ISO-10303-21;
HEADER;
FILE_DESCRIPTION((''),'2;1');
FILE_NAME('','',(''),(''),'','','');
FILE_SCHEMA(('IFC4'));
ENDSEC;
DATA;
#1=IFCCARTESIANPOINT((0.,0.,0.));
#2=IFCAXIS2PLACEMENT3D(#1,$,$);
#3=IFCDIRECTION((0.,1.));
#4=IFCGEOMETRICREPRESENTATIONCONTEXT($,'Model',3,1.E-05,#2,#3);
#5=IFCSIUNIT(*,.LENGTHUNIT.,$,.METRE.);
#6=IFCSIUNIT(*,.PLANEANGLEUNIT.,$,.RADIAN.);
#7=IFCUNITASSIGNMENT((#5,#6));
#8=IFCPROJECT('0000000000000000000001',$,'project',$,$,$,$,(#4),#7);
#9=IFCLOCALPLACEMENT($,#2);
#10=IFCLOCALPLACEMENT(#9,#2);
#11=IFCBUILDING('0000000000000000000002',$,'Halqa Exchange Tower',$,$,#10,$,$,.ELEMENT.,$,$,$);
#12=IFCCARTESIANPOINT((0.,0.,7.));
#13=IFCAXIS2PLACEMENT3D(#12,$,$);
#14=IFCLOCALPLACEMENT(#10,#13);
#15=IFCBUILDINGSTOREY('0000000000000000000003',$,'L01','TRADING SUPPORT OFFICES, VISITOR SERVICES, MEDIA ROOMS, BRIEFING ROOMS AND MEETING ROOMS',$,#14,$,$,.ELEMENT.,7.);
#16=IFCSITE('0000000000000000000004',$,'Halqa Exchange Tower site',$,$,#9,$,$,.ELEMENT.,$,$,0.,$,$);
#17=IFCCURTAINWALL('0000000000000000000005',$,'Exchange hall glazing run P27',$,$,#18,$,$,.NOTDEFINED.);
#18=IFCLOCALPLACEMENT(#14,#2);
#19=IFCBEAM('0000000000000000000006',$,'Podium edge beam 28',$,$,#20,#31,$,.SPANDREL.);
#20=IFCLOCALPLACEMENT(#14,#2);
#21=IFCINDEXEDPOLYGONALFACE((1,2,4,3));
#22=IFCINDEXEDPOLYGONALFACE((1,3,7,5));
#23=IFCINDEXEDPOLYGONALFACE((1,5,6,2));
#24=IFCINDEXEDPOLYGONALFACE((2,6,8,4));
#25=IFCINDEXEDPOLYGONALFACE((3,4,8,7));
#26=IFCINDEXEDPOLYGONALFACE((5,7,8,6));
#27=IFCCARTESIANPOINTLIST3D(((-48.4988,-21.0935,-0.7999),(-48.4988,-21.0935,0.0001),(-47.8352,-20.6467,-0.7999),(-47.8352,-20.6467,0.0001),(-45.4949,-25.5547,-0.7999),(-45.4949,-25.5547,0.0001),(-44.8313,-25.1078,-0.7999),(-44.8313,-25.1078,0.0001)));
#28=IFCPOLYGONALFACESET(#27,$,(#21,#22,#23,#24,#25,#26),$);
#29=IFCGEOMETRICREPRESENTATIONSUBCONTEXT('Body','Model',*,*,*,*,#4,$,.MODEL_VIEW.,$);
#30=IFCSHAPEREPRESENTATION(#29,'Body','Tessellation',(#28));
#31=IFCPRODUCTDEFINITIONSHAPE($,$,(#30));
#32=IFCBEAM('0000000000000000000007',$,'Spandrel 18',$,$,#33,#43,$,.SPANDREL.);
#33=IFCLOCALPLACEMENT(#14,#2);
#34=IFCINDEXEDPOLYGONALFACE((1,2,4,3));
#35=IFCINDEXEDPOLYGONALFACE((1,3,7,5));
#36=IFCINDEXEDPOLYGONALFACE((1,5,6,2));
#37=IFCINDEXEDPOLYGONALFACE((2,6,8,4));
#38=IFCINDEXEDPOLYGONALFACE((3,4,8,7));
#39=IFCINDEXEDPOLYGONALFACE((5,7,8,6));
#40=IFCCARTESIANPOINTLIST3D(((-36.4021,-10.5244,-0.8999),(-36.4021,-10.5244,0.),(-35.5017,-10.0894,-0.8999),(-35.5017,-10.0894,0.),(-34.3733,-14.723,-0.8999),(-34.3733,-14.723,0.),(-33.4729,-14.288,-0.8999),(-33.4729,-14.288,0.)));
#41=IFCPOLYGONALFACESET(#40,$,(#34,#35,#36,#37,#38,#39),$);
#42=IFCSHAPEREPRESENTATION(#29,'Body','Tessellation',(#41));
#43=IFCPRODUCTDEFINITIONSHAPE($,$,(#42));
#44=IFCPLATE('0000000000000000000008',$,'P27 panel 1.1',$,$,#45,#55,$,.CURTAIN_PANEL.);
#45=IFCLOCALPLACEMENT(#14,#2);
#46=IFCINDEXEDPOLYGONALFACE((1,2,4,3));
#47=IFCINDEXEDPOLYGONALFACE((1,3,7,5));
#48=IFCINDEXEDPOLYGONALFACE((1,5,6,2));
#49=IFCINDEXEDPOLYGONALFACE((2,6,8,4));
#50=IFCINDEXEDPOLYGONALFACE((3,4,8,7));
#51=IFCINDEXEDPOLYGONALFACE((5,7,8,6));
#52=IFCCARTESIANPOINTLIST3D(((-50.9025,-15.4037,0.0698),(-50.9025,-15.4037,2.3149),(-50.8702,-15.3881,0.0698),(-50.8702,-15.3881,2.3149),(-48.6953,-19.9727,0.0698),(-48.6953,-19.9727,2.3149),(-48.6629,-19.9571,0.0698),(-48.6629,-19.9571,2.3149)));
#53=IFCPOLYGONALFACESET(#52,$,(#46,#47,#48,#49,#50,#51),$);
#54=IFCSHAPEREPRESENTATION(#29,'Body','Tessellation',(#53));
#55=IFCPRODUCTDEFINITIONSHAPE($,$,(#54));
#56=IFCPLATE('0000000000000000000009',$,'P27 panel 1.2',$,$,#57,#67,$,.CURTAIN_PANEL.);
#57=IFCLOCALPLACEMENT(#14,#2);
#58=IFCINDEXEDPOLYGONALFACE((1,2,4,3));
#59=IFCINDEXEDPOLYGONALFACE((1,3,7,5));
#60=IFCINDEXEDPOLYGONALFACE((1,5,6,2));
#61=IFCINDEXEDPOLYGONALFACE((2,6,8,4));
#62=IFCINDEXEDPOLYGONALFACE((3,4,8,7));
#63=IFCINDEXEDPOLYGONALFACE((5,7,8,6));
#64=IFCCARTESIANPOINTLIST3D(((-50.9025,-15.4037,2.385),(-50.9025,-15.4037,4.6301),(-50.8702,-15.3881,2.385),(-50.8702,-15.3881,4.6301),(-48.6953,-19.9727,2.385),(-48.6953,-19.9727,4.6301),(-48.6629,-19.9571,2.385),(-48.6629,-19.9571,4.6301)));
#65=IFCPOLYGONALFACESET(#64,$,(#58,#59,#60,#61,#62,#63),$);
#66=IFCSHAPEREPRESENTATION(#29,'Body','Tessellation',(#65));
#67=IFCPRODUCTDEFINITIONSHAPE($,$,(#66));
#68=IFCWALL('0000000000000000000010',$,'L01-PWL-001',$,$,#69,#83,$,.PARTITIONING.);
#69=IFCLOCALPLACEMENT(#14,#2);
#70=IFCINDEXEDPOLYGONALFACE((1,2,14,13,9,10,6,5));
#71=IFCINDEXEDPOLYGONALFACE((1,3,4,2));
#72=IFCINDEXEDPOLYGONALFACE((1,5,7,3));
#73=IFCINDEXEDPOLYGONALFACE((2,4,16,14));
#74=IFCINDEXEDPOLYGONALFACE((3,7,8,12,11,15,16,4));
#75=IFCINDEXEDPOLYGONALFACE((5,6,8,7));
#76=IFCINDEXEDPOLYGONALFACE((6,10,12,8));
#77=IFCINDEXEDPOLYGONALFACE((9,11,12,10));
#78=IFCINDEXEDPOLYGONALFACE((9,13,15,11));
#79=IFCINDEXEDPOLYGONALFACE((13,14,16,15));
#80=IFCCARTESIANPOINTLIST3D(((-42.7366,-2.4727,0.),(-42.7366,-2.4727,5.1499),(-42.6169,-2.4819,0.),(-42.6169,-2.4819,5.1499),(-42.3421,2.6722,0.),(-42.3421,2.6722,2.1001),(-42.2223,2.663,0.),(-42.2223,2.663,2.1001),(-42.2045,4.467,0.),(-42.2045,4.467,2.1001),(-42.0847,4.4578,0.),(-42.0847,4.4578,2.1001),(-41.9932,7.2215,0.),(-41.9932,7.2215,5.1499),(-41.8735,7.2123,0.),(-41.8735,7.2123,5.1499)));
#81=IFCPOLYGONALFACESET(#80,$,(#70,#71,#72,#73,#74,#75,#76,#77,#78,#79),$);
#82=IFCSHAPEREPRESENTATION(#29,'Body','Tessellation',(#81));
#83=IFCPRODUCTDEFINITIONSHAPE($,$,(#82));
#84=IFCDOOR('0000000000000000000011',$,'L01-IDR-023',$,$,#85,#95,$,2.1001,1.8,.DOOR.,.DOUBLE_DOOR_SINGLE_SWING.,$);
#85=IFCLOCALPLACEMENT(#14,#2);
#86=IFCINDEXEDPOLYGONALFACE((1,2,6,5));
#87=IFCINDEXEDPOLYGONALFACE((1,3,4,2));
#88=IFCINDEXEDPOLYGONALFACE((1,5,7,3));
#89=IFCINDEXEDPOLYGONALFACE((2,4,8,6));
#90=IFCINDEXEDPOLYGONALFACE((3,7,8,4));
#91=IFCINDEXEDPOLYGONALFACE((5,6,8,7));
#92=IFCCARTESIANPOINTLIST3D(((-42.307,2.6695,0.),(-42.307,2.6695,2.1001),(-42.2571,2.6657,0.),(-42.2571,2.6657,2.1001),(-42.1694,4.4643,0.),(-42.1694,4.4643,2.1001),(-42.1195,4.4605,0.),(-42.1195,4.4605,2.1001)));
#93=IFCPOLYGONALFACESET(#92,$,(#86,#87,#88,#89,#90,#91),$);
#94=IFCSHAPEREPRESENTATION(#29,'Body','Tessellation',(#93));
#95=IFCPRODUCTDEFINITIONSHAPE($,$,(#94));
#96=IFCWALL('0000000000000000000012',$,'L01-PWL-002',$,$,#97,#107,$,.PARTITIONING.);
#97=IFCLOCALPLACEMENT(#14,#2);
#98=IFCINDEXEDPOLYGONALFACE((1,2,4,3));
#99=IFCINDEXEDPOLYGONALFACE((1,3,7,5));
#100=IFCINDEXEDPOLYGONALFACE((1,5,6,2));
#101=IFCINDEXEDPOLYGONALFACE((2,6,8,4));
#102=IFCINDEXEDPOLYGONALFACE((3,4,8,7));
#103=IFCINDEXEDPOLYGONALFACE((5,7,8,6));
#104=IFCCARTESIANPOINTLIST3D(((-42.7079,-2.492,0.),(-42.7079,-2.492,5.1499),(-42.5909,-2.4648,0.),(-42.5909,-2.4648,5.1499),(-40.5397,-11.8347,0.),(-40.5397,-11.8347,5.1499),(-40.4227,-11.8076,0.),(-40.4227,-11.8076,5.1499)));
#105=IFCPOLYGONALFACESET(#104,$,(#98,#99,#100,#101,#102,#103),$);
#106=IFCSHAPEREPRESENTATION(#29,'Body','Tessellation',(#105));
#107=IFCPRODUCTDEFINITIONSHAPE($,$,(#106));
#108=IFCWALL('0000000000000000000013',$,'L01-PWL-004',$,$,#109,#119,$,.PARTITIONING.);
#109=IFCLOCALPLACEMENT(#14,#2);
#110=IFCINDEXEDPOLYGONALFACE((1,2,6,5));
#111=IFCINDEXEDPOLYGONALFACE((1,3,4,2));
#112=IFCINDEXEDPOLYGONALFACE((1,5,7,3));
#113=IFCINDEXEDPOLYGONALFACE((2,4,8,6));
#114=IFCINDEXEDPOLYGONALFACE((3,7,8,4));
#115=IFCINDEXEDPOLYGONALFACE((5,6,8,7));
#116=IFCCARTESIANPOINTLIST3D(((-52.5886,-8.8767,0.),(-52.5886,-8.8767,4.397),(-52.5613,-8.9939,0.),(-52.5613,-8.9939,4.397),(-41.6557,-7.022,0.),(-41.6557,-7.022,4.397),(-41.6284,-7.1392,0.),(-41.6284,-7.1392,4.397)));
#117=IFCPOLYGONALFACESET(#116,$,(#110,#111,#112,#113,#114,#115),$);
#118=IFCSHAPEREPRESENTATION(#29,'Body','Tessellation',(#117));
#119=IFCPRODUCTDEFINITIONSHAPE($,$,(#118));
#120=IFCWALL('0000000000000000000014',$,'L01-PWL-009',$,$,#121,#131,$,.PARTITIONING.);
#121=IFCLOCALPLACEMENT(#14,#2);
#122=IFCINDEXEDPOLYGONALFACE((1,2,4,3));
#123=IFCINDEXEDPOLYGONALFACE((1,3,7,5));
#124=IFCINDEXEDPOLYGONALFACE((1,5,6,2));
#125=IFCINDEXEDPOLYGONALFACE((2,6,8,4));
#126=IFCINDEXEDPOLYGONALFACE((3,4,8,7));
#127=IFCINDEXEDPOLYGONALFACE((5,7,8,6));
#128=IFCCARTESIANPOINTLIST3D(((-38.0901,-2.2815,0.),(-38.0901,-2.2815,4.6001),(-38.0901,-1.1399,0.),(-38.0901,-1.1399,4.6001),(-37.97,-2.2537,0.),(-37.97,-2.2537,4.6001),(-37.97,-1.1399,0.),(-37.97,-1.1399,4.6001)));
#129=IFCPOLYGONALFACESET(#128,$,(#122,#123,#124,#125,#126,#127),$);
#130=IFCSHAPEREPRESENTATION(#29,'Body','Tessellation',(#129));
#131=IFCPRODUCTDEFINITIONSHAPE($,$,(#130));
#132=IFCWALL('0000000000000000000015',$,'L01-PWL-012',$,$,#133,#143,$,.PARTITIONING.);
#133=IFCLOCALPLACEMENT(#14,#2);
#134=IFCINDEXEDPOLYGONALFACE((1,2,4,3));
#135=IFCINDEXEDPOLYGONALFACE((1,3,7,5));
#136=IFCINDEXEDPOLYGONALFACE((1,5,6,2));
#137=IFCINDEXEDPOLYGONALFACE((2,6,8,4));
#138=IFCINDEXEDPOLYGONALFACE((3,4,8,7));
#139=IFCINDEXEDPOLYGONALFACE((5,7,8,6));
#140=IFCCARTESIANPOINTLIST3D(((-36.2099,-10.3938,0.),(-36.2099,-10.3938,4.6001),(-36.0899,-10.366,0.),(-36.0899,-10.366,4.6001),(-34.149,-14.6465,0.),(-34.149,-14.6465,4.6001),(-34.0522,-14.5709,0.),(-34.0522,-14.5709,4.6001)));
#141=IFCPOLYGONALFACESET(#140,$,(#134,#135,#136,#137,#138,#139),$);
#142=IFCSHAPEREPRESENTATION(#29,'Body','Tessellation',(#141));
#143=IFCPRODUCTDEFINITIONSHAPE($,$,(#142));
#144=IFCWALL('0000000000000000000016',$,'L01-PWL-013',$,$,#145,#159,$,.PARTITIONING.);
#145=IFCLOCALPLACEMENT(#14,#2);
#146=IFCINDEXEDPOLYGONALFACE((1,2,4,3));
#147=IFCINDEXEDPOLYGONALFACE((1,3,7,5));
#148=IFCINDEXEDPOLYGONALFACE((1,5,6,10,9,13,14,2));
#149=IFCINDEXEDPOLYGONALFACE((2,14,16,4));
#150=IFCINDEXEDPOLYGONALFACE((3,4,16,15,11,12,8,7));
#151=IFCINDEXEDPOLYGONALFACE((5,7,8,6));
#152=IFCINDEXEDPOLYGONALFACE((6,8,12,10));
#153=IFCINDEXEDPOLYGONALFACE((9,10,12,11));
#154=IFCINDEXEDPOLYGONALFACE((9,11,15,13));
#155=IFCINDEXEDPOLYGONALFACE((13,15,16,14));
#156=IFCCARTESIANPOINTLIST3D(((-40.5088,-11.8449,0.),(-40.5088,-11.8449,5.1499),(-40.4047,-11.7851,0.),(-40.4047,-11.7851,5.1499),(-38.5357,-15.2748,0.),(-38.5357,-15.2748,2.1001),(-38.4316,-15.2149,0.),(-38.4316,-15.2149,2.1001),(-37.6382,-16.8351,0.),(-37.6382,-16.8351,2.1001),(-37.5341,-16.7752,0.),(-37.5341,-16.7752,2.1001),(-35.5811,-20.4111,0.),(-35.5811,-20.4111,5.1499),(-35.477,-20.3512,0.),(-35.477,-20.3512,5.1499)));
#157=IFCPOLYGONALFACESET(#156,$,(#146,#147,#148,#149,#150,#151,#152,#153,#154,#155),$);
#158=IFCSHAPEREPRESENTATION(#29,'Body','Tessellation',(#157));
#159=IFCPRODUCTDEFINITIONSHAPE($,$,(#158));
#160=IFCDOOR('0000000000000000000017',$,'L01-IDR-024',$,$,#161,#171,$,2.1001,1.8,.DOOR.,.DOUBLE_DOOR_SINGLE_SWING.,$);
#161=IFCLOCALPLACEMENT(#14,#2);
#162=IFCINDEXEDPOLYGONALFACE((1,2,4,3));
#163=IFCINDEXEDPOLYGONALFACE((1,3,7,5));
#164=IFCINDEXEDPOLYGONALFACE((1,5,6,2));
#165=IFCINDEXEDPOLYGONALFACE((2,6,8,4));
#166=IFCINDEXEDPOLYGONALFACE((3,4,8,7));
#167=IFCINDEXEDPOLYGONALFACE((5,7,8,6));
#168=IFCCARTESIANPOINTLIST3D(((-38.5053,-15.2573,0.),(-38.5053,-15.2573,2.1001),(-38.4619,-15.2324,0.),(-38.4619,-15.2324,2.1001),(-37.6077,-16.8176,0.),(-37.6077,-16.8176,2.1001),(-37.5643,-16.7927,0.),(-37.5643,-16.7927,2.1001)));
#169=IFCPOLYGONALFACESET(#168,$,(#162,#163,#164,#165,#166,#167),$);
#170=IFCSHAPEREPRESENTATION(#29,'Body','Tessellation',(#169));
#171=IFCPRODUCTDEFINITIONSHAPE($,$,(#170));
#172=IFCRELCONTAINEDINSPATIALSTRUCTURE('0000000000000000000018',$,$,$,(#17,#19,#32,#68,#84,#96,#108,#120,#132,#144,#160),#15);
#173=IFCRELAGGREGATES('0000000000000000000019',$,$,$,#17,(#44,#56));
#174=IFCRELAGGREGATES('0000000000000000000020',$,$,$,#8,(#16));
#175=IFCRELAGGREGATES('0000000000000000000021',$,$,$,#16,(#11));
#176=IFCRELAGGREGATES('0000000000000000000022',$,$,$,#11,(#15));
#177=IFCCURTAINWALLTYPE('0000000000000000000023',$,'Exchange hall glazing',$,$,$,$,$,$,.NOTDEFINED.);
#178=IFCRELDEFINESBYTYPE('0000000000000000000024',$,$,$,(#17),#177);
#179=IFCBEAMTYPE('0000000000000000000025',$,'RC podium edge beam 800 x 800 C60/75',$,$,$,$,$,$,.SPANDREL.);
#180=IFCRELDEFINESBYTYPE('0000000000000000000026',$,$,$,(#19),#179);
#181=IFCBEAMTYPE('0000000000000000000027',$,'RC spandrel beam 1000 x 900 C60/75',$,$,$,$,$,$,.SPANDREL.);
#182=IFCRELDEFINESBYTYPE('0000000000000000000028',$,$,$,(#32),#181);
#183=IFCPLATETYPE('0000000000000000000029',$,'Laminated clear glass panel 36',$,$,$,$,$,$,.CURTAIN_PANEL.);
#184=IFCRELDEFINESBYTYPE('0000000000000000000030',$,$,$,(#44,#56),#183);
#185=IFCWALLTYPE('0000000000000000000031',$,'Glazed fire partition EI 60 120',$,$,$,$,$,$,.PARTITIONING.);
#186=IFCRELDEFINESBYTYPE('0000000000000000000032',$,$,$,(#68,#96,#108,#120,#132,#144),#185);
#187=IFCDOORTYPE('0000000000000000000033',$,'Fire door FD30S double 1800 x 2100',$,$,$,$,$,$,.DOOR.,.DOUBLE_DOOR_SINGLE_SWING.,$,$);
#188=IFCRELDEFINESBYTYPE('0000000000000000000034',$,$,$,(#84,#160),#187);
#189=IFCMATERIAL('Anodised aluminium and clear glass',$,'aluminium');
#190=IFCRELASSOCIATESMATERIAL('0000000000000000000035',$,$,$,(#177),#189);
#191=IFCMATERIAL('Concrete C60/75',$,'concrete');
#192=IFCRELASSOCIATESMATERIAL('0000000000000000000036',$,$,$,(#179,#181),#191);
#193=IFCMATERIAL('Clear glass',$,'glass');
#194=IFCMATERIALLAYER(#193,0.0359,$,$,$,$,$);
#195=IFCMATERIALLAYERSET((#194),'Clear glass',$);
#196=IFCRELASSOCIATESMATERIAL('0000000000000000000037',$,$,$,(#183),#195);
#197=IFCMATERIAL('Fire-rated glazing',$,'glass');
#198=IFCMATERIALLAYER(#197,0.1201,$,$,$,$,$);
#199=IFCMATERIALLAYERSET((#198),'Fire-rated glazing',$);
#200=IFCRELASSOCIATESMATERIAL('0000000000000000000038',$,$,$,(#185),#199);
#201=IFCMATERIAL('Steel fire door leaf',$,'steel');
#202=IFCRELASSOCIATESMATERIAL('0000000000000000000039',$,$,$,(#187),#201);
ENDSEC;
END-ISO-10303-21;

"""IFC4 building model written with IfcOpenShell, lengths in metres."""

from ifc_helpers import new_model, si_unit, direction, frame, frame_2d, origin, origin_2d, place, context, subcontext, project, spatial, polyline, rectangle, outline, extrude, material, layer, layer_set, material_profile, profile_set, type_object, element, fill, aggregate, save


model = new_model("IFC4")

# Units and contexts
model_context = context("Model", 3, precision=1e-05, world=origin(), true_north=direction((0.0, 1.0)))
body_context = subcontext(model_context, "Body", "Model", "MODEL_VIEW")
ifc_project = project(units=[si_unit("LENGTHUNIT", "METRE"), si_unit("PLANEANGLEUNIT", "RADIAN")], contexts=[model_context])

# Site, building, storey
site_placement = place(None, origin())
site = spatial("IfcSite", under=ifc_project, at=site_placement, Name="Halqa Exchange Tower site", CompositionType="ELEMENT", RefElevation=0.0)
building_placement = place(site_placement, origin())
building = spatial("IfcBuilding", under=site, at=building_placement, Name="Halqa Exchange Tower", CompositionType="ELEMENT")
storey_placement = place(building_placement, frame((0.0, 0.0, 7.0)))
storey = spatial("IfcBuildingStorey", under=building, at=storey_placement, Name="L01", Description="TRADING SUPPORT OFFICES, VISITOR SERVICES, MEDIA ROOMS, BRIEFING ROOMS AND MEETING ROOMS", CompositionType="ELEMENT", Elevation=7.0)

# Shared definitions
ifc_material_1 = material(Name="Concrete C60/75", Category="concrete")

# Curtain wall
ifc_material_2 = material(Name="Anodised aluminium and clear glass", Category="aluminium")
curtain_wall_type = type_object("IfcCurtainWallType", Name="Exchange hall glazing", PredefinedType="NOTDEFINED", material=ifc_material_2)
curtain_wall_1_placement = place(storey_placement, origin())
curtain_wall_1 = element("IfcCurtainWall", 1, at=curtain_wall_1_placement, inside=storey, type_object=curtain_wall_type, Name="Exchange hall glazing run P27", PredefinedType="NOTDEFINED")

# Beams
ifc_material_profile_1 = material_profile(ifc_material_1, rectangle(XDim=0.8, YDim=0.8, at=origin_2d()), Name="800 x 800")
ifc_profile_set_1 = profile_set([ifc_material_profile_1], Name="Concrete C60/75")
beam_type_1 = type_object("IfcBeamType", Name="RC podium edge beam 800 x 800 C60/75", PredefinedType="SPANDREL", material=ifc_profile_set_1)
beam_1_placement = place(storey_placement, frame((-48.167, -20.8701, -0.3999), z_axis=(0.558528, -0.829485, 0.0), x_axis=(0.829485, 0.558528, 0.0)))
element("IfcBeam", 2, at=beam_1_placement, inside=storey, type_object=beam_type_1, Name="Podium edge beam 28", PredefinedType="SPANDREL", context=body_context, shape_type="SweptSolid", body=[
    extrude(rectangle(XDim=0.8, YDim=0.8, at=origin_2d()), origin(), (0.0, 0.0, 1.0), 5.3782),
])
ifc_material_profile_2 = material_profile(ifc_material_1, rectangle(XDim=1.0, YDim=0.8999, at=origin_2d()), Name="1000 x 900")
ifc_profile_set_2 = profile_set([ifc_material_profile_2], Name="Concrete C60/75")
beam_type_2 = type_object("IfcBeamType", Name="RC spandrel beam 1000 x 900 C60/75", PredefinedType="SPANDREL", material=ifc_profile_set_2)
beam_2_placement = place(storey_placement, frame((-35.9519, -10.3069, -0.45), z_axis=(0.435068, -0.900397, 0.0), x_axis=(0.900397, 0.435068, 0.0)))
element("IfcBeam", 3, at=beam_2_placement, inside=storey, type_object=beam_type_2, Name="Spandrel 18", PredefinedType="SPANDREL", context=body_context, shape_type="SweptSolid", body=[
    extrude(rectangle(XDim=1.0, YDim=0.8999, at=origin_2d()), origin(), (0.0, 0.0, 1.0), 4.6631),
])

# Plates
ifc_material_3 = material(Name="Clear glass", Category="glass")
ifc_layer_1 = layer(ifc_material_3, 0.0359)
ifc_layer_set_1 = layer_set([ifc_layer_1], Name="Clear glass")
plate_type = type_object("IfcPlateType", Name="Laminated clear glass panel 36", PredefinedType="CURTAIN_PANEL", material=ifc_layer_set_1)
plate_1_placement = place(storey_placement, frame((-49.7827, -17.6804, 0.0698), z_axis=(0.0, 0.0, 1.0), x_axis=(0.43499, -0.900435, 0.0)))
plate_1 = element("IfcPlate", 4, at=plate_1_placement, type_object=plate_type, Name="P27 panel 1.1", PredefinedType="CURTAIN_PANEL", context=body_context, shape_type="SweptSolid", body=[
    extrude(rectangle(XDim=5.0742, YDim=0.0359, at=origin_2d()), origin(), (0.0, 0.0, 1.0), 2.2451),
])
plate_2_placement = place(storey_placement, frame((-49.7827, -17.6804, 2.385), z_axis=(0.0, 0.0, 1.0), x_axis=(0.43499, -0.900435, 0.0)))
plate_2 = element("IfcPlate", 5, at=plate_2_placement, type_object=plate_type, Name="P27 panel 1.2", PredefinedType="CURTAIN_PANEL", context=body_context, shape_type="SweptSolid", body=[
    extrude(rectangle(XDim=5.0742, YDim=0.0359, at=origin_2d()), origin(), (0.0, 0.0, 1.0), 2.2451),
])
aggregate(curtain_wall_1, [plate_1, plate_2])

# Wall, opening, door
ifc_material_4 = material(Name="Fire-rated glazing", Category="glass")
ifc_layer_2 = layer(ifc_material_4, 0.1201)
ifc_layer_set_2 = layer_set([ifc_layer_2], Name="Fire-rated glazing")
wall_type_1 = type_object("IfcWallType", Name="Glazed fire partition EI 60 120", PredefinedType="PARTITIONING", material=ifc_layer_set_2)
wall_1_placement = place(storey_placement, frame((-42.6768, -2.4773, 0.0), z_axis=(0.0, 0.0, 1.0), x_axis=(0.076462, 0.997072, 0.0)))
wall_1 = element("IfcWall", 6, at=wall_1_placement, inside=storey, type_object=wall_type_1, Name="L01-PWL-001", PredefinedType="PARTITIONING", context=body_context, shape_type="SweptSolid", body=[
    extrude(rectangle(XDim=9.7227, YDim=0.1201, at=frame_2d((4.8613, 0.0))), origin(), (0.0, 0.0, 1.0), 5.1499),
])
opening_1_placement = place(wall_1_placement, frame((5.1602, 0.0, 0.0)))
opening_1 = element("IfcOpeningElement", 7, at=opening_1_placement, cuts=wall_1, PredefinedType="OPENING", context=body_context, shape_type="SweptSolid", body=[
    extrude(rectangle(XDim=1.8, YDim=2.1001, at=frame_2d((0.8999, 1.05))), frame((0.0, 0.072, 0.0), z_axis=(0.0, -1.0, 0.0), x_axis=(1.0, 0.0, 0.0)), (0.0, 0.0, 1.0), 0.144),
])
ifc_material_5 = material(Name="Steel fire door leaf", Category="steel")
door_type = type_object("IfcDoorType", Name="Fire door FD30S double 1800 x 2100", OperationType="DOUBLE_DOOR_SINGLE_SWING", PredefinedType="DOOR", material=ifc_material_5)
door_1_placement = place(opening_1_placement, origin())
door_1 = element("IfcDoor", 8, at=door_1_placement, inside=storey, type_object=door_type, Name="L01-IDR-023", OperationType="DOUBLE_DOOR_SINGLE_SWING", OverallHeight=2.1001, OverallWidth=1.8, PredefinedType="DOOR", context=body_context, shape_type="SweptSolid", body=[
    extrude(rectangle(XDim=1.8, YDim=2.1001, at=frame_2d((0.8999, 1.05))), frame((0.0, 0.0249, 0.0), z_axis=(0.0, -1.0, 0.0), x_axis=(1.0, 0.0, 0.0)), (0.0, 0.0, 1.0), 0.05),
])
fill(opening_1, door_1)

# Walls
wall_2_placement = place(storey_placement, frame((-42.6494, -2.4785, 0.0), z_axis=(0.0, 0.0, 1.0), x_axis=(0.226066, -0.974112, 0.0)))
element("IfcWall", 9, at=wall_2_placement, inside=storey, type_object=wall_type_1, Name="L01-PWL-002", PredefinedType="PARTITIONING", context=body_context, shape_type="SweptSolid", body=[
    extrude(rectangle(XDim=9.5911, YDim=0.1201, at=frame_2d((4.7954, 0.0))), origin(), (0.0, 0.0, 1.0), 5.1499),
])
wall_3_placement = place(storey_placement, frame((-41.6421, -7.0806, 0.0), z_axis=(0.0, 0.0, 1.0), x_axis=(-0.985913, -0.167258, 0.0)))
element("IfcWall", 10, at=wall_3_placement, inside=storey, type_object=wall_type_1, Name="L01-PWL-004", PredefinedType="PARTITIONING", context=body_context, shape_type="SweptSolid", body=[
    extrude(outline(polyline([(0.0037, -0.0601), (11.0928, -0.0601), (11.0854, 0.0601), (-0.0037, 0.0601), (0.0037, -0.0601)])), origin(), (0.0, 0.0, 1.0), 4.397),
])
wall_4_placement = place(storey_placement, frame((-38.03, -1.1399, 0.0), z_axis=(0.0, 0.0, 1.0), x_axis=(0.0, -1.0, 0.0)))
element("IfcWall", 11, at=wall_4_placement, inside=storey, type_object=wall_type_1, Name="L01-PWL-009", PredefinedType="PARTITIONING", context=body_context, shape_type="SweptSolid", body=[
    extrude(outline(polyline([(0.0, -0.0601), (1.1416, -0.0601), (1.1138, 0.0601), (0.0, 0.0601), (0.0, -0.0601)])), origin(), (0.0, 0.0, 1.0), 4.6001),
])
wall_5_placement = place(storey_placement, frame((-36.1499, -10.3799, 0.0), z_axis=(0.0, 0.0, 1.0), x_axis=(0.436103, -0.899897, 0.0)))
element("IfcWall", 12, at=wall_5_placement, inside=storey, type_object=wall_type_1, Name="L01-PWL-012", PredefinedType="PARTITIONING", context=body_context, shape_type="SweptSolid", body=[
    extrude(outline(polyline([(-0.0137, -0.0601), (4.7122, -0.0601), (4.6863, 0.0601), (0.0137, 0.0601), (-0.0137, -0.0601)])), origin(), (0.0, 0.0, 1.0), 4.6001),
])

# Wall, opening, door
wall_6_placement = place(storey_placement, frame((-35.5291, -20.3811, 0.0), z_axis=(0.0, 0.0, 1.0), x_axis=(-0.498638, 0.86681, 0.0)))
wall_6 = element("IfcWall", 13, at=wall_6_placement, inside=storey, type_object=wall_type_1, Name="L01-PWL-013", PredefinedType="PARTITIONING", context=body_context, shape_type="SweptSolid", body=[
    extrude(rectangle(XDim=9.8823, YDim=0.1201, at=frame_2d((4.9412, 0.0))), origin(), (0.0, 0.0, 1.0), 5.1499),
])
opening_2_placement = place(wall_6_placement, frame((4.1255, 0.0, 0.0)))
opening_2 = element("IfcOpeningElement", 14, at=opening_2_placement, cuts=wall_6, PredefinedType="OPENING", context=body_context, shape_type="SweptSolid", body=[
    extrude(rectangle(XDim=1.8, YDim=2.1001, at=frame_2d((0.8999, 1.05))), frame((0.0, 0.072, 0.0), z_axis=(0.0, -1.0, 0.0), x_axis=(1.0, 0.0, 0.0)), (0.0, 0.0, 1.0), 0.144),
])
door_2_placement = place(opening_2_placement, origin())
door_2 = element("IfcDoor", 15, at=door_2_placement, inside=storey, type_object=door_type, Name="L01-IDR-024", OperationType="DOUBLE_DOOR_SINGLE_SWING", OverallHeight=2.1001, OverallWidth=1.8, PredefinedType="DOOR", context=body_context, shape_type="SweptSolid", body=[
    extrude(rectangle(XDim=1.8, YDim=2.1001, at=frame_2d((0.8999, 1.05))), frame((0.0, 0.0249, 0.0), z_axis=(0.0, -1.0, 0.0), x_axis=(1.0, 0.0, 0.0)), (0.0, 0.0, 1.0), 0.05),
])
fill(opening_2, door_2)

save(model, "model.ifc")
